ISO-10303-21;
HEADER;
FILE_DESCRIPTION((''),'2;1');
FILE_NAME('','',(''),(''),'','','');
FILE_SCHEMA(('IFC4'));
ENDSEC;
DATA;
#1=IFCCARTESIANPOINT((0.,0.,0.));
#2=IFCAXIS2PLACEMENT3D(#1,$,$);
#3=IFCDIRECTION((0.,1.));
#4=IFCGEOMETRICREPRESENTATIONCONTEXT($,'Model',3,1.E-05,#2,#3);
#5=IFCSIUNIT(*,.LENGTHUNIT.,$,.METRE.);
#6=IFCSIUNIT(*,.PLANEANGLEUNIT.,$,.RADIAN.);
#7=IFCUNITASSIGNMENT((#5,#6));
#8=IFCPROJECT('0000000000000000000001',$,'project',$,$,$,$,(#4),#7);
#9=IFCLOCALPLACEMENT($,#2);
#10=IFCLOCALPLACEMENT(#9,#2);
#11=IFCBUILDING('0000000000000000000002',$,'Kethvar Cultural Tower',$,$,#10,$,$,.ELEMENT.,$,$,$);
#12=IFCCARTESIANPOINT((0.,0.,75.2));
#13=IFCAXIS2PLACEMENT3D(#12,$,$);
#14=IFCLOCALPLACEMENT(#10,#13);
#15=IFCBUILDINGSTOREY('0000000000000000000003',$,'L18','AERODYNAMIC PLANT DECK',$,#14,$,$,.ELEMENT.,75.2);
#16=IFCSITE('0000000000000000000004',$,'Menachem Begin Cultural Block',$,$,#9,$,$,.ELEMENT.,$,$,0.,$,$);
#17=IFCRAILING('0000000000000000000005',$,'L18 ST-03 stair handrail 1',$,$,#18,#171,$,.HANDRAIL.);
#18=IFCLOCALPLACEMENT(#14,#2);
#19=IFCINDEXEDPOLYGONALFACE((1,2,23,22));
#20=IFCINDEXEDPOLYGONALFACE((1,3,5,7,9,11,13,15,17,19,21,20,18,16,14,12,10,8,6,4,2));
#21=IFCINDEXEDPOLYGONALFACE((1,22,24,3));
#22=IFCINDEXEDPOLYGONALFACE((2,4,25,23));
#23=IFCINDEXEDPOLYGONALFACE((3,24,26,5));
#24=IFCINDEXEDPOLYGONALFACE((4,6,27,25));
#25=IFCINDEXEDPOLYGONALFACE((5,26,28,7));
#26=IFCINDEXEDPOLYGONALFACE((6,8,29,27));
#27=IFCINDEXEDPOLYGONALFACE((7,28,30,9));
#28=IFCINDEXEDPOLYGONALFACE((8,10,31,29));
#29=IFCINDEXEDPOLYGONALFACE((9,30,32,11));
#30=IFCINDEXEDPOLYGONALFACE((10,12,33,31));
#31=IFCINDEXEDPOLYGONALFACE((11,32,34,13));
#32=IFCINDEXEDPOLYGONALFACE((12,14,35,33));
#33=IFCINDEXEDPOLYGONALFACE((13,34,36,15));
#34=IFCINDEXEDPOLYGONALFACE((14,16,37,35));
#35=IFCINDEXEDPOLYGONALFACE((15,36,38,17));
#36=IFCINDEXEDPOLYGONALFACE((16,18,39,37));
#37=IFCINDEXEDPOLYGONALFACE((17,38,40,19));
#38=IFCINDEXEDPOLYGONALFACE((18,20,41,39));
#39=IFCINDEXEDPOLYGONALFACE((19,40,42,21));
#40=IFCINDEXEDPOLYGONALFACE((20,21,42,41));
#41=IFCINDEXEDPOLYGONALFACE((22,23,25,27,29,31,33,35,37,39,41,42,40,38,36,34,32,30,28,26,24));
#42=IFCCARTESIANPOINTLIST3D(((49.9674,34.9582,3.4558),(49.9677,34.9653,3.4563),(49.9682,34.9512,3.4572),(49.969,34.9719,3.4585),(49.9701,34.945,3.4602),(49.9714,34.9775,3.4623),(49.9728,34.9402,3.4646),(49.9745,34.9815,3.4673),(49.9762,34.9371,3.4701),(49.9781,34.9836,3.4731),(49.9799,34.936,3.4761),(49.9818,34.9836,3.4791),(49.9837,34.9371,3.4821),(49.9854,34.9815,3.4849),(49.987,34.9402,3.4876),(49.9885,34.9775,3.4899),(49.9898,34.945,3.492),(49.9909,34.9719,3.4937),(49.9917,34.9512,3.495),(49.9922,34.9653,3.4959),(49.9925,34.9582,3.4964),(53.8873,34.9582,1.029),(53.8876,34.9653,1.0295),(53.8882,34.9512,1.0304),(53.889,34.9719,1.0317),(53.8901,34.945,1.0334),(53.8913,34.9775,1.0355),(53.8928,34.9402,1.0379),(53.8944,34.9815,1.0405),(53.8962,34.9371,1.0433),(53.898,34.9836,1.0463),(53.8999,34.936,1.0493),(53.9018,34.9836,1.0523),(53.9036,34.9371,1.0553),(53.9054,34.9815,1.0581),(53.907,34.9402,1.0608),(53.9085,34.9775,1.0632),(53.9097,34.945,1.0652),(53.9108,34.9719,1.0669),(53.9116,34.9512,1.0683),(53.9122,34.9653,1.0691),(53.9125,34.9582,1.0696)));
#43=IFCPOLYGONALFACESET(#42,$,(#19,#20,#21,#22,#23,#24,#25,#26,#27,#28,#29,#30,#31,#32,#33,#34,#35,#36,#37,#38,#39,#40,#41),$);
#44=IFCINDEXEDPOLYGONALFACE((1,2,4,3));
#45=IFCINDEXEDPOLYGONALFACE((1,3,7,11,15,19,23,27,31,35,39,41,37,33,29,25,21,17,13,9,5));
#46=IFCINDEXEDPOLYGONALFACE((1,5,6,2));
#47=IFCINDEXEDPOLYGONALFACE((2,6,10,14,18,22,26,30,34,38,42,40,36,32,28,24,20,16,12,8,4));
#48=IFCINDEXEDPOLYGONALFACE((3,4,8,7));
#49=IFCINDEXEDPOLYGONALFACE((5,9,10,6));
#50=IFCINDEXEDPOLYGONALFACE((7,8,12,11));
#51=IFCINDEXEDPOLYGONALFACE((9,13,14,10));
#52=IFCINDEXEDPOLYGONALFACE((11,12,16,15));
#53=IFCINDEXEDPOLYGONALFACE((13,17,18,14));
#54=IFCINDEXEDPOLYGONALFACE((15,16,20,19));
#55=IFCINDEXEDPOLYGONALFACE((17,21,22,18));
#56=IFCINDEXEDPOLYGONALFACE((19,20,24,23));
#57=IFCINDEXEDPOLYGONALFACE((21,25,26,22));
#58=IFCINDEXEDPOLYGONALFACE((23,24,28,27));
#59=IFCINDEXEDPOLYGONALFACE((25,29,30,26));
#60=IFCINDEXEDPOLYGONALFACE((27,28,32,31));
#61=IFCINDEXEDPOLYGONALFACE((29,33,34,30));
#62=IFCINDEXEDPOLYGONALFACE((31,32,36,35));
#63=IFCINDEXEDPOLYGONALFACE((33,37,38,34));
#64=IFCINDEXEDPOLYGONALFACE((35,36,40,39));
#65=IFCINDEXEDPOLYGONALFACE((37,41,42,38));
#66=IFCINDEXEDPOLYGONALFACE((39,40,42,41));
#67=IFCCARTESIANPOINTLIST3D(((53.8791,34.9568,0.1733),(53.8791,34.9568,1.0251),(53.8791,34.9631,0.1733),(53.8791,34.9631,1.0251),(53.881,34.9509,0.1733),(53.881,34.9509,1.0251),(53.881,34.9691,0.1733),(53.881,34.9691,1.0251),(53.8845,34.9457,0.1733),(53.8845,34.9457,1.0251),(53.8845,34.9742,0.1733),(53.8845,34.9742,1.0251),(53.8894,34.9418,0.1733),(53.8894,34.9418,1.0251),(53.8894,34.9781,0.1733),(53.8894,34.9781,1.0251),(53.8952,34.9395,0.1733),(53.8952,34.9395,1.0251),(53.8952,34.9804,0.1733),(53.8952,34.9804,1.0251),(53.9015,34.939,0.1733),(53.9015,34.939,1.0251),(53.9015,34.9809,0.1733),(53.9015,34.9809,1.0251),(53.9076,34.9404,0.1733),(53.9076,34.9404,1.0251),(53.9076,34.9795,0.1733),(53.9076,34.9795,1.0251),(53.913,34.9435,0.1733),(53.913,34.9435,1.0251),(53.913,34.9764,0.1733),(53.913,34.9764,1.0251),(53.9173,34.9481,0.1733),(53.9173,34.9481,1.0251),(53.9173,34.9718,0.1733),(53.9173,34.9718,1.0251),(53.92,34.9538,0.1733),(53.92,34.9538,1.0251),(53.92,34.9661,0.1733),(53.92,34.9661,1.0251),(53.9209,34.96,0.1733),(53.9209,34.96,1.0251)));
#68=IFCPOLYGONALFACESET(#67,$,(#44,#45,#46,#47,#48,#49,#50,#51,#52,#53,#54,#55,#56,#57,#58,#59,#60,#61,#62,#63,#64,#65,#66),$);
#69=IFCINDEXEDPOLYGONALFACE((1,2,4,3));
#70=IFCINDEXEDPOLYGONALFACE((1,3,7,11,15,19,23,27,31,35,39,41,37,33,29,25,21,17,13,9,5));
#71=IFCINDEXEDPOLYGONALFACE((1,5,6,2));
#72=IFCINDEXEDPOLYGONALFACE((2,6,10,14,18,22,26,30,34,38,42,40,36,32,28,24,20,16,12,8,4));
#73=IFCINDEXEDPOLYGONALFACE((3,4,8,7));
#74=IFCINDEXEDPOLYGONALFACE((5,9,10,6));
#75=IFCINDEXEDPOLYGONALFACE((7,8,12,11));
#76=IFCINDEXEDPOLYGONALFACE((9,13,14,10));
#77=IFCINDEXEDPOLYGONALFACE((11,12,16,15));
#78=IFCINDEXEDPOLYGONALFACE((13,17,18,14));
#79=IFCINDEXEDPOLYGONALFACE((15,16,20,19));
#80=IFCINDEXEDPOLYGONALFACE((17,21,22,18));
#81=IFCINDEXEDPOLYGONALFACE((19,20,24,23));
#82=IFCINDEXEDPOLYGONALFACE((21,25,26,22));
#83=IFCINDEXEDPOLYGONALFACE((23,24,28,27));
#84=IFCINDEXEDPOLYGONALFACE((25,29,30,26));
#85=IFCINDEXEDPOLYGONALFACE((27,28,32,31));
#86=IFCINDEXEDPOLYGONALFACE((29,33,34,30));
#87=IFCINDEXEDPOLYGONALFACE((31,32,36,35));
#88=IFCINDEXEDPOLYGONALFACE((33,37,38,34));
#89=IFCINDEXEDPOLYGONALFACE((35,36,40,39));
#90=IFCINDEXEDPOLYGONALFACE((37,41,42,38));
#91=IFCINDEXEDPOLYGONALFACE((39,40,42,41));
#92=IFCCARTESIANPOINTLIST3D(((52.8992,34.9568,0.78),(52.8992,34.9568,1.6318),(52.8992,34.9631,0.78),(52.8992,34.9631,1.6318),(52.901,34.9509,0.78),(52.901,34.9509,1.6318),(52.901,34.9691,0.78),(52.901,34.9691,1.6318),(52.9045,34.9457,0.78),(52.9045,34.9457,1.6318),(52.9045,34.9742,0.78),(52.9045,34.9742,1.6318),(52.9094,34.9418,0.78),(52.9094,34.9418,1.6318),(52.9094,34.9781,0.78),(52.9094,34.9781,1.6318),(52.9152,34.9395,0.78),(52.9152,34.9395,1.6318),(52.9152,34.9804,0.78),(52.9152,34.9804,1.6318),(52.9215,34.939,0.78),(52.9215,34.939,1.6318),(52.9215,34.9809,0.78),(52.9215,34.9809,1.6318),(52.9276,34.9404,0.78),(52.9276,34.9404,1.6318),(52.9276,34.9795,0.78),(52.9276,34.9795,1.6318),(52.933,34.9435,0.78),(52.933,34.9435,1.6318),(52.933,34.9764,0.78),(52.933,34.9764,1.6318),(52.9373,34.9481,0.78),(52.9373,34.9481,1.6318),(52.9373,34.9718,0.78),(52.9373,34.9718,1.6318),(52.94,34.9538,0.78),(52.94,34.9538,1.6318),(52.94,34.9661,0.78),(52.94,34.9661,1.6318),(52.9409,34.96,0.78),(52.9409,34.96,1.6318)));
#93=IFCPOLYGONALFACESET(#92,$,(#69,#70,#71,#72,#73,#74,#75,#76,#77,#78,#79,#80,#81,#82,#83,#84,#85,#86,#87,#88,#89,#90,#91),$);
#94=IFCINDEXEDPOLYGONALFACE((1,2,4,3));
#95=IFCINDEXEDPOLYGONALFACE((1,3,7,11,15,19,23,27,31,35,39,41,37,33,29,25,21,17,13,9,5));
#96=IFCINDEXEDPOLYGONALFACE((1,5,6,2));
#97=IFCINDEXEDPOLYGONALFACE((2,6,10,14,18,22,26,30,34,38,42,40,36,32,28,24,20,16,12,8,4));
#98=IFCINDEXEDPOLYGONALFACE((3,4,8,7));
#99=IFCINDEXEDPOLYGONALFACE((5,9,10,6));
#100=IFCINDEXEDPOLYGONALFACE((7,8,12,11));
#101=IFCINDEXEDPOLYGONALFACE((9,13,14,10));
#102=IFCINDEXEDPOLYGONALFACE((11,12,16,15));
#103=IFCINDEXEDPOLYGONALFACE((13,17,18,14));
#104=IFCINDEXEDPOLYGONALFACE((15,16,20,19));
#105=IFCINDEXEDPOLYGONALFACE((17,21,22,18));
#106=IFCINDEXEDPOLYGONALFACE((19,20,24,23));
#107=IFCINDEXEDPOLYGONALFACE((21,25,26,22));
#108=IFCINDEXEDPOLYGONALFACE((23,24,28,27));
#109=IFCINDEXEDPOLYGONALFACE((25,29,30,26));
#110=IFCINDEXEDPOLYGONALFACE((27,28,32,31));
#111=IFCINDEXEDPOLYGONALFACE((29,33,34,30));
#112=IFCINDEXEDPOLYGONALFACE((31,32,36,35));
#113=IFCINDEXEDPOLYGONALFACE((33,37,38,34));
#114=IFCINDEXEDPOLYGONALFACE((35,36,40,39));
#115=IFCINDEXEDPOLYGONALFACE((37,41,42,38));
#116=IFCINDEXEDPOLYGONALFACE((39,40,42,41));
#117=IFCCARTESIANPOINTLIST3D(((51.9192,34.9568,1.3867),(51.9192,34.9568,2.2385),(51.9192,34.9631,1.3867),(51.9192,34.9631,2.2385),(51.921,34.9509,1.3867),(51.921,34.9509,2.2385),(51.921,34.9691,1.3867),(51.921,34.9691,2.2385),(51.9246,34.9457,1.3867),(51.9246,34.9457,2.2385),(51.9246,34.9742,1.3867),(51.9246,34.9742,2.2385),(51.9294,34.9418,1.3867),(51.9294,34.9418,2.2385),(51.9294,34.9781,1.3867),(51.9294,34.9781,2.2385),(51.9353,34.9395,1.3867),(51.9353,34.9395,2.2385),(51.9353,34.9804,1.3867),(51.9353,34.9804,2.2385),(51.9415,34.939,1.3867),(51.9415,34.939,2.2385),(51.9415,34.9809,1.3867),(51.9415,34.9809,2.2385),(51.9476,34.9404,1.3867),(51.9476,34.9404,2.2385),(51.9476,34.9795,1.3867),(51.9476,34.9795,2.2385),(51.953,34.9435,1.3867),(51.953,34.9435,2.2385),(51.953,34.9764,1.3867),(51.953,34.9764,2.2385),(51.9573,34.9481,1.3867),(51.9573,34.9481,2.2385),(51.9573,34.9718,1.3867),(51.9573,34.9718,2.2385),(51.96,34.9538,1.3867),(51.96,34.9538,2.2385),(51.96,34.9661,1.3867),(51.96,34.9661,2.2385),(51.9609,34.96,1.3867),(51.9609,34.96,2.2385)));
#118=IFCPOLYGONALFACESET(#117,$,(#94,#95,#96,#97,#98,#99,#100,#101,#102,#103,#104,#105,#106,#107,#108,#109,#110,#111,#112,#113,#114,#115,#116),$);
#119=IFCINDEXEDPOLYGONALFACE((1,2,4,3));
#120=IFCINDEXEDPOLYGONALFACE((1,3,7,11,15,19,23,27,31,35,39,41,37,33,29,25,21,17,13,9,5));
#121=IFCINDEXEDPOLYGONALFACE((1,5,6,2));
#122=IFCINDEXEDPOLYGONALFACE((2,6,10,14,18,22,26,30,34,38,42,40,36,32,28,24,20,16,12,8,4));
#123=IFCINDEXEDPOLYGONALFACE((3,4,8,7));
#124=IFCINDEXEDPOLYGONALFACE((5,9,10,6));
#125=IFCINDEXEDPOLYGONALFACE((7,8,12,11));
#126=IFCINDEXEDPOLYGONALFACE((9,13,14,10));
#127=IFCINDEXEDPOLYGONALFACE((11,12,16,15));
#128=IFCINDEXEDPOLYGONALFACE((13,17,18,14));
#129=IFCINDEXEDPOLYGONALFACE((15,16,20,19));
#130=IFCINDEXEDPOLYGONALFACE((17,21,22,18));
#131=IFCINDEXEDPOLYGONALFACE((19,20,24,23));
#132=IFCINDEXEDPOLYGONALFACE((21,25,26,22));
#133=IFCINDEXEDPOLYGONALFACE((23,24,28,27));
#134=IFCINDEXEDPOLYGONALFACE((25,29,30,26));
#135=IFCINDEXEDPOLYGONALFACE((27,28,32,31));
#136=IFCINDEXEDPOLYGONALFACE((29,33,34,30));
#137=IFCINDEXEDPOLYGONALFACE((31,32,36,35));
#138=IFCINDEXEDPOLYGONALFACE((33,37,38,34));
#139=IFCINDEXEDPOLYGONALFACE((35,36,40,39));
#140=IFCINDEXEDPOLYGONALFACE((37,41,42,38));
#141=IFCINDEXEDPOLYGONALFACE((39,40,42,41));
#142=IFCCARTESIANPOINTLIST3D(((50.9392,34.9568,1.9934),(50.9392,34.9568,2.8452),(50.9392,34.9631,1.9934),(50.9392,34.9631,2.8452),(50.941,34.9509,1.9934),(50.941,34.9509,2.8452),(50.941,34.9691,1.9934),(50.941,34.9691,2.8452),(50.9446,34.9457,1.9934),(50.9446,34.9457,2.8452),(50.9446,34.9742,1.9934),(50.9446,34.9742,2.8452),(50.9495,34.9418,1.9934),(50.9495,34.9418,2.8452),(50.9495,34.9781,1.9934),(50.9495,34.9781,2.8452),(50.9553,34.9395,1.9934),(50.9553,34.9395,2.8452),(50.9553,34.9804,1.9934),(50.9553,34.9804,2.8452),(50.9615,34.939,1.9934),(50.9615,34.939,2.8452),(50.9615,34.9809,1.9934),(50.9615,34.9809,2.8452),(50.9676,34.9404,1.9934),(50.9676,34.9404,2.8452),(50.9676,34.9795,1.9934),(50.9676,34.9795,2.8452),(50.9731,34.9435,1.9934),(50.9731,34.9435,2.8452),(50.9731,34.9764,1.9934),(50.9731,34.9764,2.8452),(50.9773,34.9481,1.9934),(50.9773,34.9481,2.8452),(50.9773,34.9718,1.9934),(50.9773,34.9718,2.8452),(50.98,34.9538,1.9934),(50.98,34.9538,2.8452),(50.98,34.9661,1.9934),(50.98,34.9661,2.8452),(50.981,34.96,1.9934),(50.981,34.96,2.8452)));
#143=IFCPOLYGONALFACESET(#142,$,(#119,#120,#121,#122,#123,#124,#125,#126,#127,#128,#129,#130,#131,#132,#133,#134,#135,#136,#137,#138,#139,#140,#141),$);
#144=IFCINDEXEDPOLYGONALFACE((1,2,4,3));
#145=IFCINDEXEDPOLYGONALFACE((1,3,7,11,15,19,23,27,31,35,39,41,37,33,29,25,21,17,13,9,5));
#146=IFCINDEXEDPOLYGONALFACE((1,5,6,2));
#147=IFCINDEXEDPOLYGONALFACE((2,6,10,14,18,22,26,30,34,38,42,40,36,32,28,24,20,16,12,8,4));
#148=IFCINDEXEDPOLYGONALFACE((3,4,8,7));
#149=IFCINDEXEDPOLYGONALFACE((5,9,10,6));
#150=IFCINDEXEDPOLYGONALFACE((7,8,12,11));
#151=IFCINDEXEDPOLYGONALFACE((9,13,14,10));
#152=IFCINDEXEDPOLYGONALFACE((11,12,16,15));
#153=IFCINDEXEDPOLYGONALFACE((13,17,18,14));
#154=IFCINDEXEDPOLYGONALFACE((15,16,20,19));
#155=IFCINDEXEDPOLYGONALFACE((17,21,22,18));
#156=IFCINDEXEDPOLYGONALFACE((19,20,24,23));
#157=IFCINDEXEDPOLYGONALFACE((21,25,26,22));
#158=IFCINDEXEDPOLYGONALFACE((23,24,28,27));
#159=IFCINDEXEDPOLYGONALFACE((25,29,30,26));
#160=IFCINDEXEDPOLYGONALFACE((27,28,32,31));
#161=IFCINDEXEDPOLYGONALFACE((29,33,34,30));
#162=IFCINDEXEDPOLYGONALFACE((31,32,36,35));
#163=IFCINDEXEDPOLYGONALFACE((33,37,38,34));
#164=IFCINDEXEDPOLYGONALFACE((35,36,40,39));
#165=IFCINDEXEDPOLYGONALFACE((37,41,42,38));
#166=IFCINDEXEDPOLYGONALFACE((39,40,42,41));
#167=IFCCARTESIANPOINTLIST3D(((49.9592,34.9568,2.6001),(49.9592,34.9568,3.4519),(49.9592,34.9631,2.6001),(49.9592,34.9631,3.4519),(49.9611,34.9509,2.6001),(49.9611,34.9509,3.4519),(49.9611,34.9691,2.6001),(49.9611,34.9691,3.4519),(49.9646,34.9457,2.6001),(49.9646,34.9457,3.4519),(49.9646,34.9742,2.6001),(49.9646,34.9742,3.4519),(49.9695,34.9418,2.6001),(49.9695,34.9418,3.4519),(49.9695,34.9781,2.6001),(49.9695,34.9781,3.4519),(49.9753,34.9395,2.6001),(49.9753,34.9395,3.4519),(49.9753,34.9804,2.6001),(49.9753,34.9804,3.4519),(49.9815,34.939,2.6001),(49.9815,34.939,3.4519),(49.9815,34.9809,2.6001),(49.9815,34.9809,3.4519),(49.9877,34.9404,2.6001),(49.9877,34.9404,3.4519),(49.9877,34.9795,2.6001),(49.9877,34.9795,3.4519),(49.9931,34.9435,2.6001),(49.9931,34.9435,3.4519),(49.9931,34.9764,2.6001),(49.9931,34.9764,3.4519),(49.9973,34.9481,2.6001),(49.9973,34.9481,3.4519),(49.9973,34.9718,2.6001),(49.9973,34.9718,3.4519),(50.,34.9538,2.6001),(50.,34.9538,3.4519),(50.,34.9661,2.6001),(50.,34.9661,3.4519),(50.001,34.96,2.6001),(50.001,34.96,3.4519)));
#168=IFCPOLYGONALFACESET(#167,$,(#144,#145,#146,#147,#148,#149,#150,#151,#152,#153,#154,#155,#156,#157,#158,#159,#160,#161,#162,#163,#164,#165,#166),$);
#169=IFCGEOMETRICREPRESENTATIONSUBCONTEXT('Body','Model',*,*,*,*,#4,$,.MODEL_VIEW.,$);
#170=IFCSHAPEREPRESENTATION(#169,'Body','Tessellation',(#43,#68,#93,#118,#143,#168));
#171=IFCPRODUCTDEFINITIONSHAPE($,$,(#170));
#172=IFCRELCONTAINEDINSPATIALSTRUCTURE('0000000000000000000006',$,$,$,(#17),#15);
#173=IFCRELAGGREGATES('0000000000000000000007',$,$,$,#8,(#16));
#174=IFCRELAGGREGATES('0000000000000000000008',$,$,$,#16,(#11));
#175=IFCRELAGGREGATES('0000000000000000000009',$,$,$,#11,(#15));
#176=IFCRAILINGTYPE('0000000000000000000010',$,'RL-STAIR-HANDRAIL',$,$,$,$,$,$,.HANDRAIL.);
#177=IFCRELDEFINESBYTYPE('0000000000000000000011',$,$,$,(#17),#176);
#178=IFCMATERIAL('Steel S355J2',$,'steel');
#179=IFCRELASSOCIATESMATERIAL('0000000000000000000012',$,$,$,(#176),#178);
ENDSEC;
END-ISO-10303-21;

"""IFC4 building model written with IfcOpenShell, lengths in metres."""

from ifc_helpers import new_model, si_unit, direction, frame, origin, origin_2d, place, context, subcontext, project, spatial, circle, extrude, material, type_object, element, save


model = new_model("IFC4")

# Units and contexts
model_context = context("Model", 3, precision=1e-05, world=origin(), true_north=direction((0.0, 1.0)))
body_context = subcontext(model_context, "Body", "Model", "MODEL_VIEW")
ifc_project = project(units=[si_unit("LENGTHUNIT", "METRE"), si_unit("PLANEANGLEUNIT", "RADIAN")], contexts=[model_context])

# Site, building, storey
site_placement = place(None, origin())
site = spatial("IfcSite", under=ifc_project, at=site_placement, Name="Menachem Begin Cultural Block", CompositionType="ELEMENT", RefElevation=0.0)
building_placement = place(site_placement, origin())
building = spatial("IfcBuilding", under=site, at=building_placement, Name="Kethvar Cultural Tower", CompositionType="ELEMENT")
storey_placement = place(building_placement, frame((0.0, 0.0, 75.2)))
storey = spatial("IfcBuildingStorey", under=building, at=storey_placement, Name="L18", Description="AERODYNAMIC PLANT DECK", CompositionType="ELEMENT", Elevation=75.2)

# Shared definitions
ifc_material_1 = material(Name="Steel S355J2", Category="steel")

# Railing
railing_type_1 = type_object("IfcRailingType", Name="RL-STAIR-HANDRAIL", PredefinedType="HANDRAIL", material=ifc_material_1)
railing_1_placement = place(storey_placement, frame((53.8999, 34.96, 0.1733)))
element("IfcRailing", 1, at=railing_1_placement, inside=storey, type_object=railing_type_1, Name="L18 ST-03 stair handrail 1", PredefinedType="HANDRAIL", context=body_context, shape_type="SweptSolid", body=[
    extrude(circle(Radius=0.0239, at=origin_2d()), frame((0.0, 0.0, 0.876), z_axis=(-0.850252, 0.0, 0.526376), x_axis=(0.0, -1.0, 0.0)), (0.0, 0.0, 1.0), 4.6104),
    extrude(circle(Radius=0.021, at=origin_2d()), origin(), (0.0, 0.0, 1.0), 0.8518),
    extrude(circle(Radius=0.021, at=origin_2d()), frame((-0.98, 0.0, 0.6067)), (0.0, 0.0, 1.0), 0.8518),
    extrude(circle(Radius=0.021, at=origin_2d()), frame((-1.96, 0.0, 1.2134)), (0.0, 0.0, 1.0), 0.8518),
    extrude(circle(Radius=0.021, at=origin_2d()), frame((-2.9399, 0.0, 1.8201)), (0.0, 0.0, 1.0), 0.8518),
    extrude(circle(Radius=0.021, at=origin_2d()), frame((-3.9199, 0.0, 2.4268)), (0.0, 0.0, 1.0), 0.8518),
])

save(model, "model.ifc")
